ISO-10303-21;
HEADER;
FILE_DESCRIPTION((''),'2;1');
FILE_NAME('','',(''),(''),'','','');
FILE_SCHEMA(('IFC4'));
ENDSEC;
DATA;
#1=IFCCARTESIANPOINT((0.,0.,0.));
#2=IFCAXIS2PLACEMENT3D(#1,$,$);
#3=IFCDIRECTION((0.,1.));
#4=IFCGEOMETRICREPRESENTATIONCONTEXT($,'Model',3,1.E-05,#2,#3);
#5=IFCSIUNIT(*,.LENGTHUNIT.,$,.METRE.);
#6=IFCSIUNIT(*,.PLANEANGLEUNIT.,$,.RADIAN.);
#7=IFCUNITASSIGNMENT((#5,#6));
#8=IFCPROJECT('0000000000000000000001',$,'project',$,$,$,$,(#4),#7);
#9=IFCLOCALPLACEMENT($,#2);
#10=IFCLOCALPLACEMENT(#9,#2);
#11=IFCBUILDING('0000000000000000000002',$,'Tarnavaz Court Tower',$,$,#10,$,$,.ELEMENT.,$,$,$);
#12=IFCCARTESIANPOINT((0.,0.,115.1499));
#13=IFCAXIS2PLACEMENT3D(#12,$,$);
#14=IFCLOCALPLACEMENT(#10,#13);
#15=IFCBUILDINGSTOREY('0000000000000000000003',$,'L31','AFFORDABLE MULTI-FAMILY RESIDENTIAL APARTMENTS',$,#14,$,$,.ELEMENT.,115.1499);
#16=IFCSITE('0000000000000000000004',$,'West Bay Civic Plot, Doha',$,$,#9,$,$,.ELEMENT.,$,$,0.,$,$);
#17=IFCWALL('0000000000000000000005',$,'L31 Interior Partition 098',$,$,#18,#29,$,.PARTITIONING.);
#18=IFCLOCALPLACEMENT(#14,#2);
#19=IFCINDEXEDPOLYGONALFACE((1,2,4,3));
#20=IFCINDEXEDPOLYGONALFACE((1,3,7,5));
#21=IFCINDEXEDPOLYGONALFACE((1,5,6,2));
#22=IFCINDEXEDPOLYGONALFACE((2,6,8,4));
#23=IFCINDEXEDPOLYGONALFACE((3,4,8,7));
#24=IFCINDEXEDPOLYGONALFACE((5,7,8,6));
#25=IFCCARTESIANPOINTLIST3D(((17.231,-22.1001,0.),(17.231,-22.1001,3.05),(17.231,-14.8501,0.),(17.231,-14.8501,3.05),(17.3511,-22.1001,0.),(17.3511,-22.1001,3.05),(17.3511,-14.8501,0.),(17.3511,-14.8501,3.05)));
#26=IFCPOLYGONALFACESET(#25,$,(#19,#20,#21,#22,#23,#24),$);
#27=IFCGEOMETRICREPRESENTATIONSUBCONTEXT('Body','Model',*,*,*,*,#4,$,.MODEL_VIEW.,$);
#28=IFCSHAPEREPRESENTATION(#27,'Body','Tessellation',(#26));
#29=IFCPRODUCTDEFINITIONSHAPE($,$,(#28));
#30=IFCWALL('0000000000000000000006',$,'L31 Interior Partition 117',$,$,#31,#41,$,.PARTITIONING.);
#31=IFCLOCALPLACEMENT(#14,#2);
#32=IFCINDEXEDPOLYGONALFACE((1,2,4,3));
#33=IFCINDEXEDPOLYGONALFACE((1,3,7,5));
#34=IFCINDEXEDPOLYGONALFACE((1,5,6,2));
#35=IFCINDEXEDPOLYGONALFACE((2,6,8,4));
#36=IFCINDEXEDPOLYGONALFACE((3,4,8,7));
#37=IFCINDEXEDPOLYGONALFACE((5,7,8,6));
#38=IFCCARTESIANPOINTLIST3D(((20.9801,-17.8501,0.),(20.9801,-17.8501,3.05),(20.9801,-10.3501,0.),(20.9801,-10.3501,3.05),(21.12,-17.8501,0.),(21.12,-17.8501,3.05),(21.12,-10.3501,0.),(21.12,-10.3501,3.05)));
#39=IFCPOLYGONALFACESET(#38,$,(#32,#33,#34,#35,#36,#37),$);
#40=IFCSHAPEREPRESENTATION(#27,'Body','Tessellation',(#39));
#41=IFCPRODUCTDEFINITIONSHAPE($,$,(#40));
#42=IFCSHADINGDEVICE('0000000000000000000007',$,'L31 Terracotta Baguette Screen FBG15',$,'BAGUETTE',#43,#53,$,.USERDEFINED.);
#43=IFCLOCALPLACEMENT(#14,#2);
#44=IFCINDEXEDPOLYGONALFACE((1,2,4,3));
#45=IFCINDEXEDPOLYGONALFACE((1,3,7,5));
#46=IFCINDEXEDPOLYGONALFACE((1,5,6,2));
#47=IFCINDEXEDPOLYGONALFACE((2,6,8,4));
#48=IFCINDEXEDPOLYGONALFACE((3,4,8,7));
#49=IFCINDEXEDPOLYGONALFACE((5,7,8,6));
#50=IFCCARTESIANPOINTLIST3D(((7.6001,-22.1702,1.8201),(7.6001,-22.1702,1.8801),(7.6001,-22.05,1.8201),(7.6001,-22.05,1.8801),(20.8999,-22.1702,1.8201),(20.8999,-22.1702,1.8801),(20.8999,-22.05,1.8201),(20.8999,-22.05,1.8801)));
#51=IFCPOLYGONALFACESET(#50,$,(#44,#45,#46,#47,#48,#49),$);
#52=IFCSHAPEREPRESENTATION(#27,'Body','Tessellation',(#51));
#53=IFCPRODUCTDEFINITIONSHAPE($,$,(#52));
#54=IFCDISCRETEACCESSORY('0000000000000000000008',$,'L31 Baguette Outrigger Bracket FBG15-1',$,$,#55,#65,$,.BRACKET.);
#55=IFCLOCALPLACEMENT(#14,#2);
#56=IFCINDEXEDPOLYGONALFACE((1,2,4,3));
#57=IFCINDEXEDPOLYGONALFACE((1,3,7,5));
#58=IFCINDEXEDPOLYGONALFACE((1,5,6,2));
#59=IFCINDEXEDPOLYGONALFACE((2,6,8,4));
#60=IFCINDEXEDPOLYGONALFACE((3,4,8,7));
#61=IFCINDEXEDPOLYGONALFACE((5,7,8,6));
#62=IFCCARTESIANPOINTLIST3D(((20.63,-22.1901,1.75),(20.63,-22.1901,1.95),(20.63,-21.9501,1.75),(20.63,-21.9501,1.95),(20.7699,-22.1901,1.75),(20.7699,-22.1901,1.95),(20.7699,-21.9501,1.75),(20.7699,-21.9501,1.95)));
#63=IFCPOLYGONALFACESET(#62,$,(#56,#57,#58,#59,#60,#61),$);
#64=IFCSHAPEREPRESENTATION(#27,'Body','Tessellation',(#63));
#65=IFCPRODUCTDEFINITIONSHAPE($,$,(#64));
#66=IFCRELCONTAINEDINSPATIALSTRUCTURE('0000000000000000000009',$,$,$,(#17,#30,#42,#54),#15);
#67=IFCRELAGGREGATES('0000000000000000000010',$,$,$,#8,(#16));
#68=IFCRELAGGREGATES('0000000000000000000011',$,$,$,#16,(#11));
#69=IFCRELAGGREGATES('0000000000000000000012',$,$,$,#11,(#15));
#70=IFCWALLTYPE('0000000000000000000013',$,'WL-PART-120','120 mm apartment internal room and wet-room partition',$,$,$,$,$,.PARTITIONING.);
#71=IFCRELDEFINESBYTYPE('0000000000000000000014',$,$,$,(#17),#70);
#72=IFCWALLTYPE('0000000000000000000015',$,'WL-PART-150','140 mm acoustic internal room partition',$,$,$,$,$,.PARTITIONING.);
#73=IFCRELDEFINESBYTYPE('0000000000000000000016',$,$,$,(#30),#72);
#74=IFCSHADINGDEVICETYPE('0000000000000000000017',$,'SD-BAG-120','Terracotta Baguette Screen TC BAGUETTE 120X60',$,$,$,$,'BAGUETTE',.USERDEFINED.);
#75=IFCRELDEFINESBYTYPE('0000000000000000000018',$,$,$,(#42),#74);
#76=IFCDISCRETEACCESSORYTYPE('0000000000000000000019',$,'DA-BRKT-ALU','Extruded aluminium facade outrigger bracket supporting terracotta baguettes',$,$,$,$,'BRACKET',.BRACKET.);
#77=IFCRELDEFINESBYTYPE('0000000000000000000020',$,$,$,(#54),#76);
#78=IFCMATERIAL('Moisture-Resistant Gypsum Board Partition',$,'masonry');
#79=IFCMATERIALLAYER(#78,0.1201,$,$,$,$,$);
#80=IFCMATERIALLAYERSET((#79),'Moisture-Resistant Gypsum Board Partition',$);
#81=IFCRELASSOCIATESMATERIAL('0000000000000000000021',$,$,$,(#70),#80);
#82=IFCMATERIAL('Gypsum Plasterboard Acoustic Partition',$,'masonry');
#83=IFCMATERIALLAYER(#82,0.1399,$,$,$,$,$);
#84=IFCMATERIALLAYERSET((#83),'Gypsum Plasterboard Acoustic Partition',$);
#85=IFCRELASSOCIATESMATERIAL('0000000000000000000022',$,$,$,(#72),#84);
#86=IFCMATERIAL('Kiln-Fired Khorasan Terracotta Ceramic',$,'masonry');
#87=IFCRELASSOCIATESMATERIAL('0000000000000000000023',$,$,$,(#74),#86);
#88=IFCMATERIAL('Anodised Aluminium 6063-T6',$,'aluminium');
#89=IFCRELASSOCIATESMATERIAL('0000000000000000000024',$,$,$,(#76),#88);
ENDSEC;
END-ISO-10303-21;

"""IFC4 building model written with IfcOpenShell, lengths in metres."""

from ifc_helpers import new_model, si_unit, direction, frame, frame_2d, origin, origin_2d, place, context, subcontext, project, spatial, rectangle, extrude, material, layer, layer_set, material_profile, profile_set, type_object, element, save


model = new_model("IFC4")

# Units and contexts
model_context = context("Model", 3, precision=1e-05, world=origin(), true_north=direction((0.0, 1.0)))
body_context = subcontext(model_context, "Body", "Model", "MODEL_VIEW")
ifc_project = project(units=[si_unit("LENGTHUNIT", "METRE"), si_unit("PLANEANGLEUNIT", "RADIAN")], contexts=[model_context])

# Site, building, storey
site_placement = place(None, origin())
site = spatial("IfcSite", under=ifc_project, at=site_placement, Name="West Bay Civic Plot, Doha", CompositionType="ELEMENT", RefElevation=0.0)
building_placement = place(site_placement, origin())
building = spatial("IfcBuilding", under=site, at=building_placement, Name="Tarnavaz Court Tower", CompositionType="ELEMENT")
storey_placement = place(building_placement, frame((0.0, 0.0, 115.1499)))
storey = spatial("IfcBuildingStorey", under=building, at=storey_placement, Name="L31", Description="AFFORDABLE MULTI-FAMILY RESIDENTIAL APARTMENTS", CompositionType="ELEMENT", Elevation=115.1499)

# Shared definitions
ifc_material_1 = material(Name="Moisture-Resistant Gypsum Board Partition", Category="masonry")
ifc_layer_1 = layer(ifc_material_1, 0.1201)
ifc_layer_set_1 = layer_set([ifc_layer_1], Name="Moisture-Resistant Gypsum Board Partition")
wall_type_1 = type_object("IfcWallType", Name="WL-PART-120", Description="120 mm apartment internal room and wet-room partition", PredefinedType="PARTITIONING", material=ifc_layer_set_1)

# Walls
wall_1_placement = place(storey_placement, frame((17.291, -22.1001, 0.0), z_axis=(0.0, 0.0, 1.0), x_axis=(0.0, 1.0, 0.0)))
element("IfcWall", 1, at=wall_1_placement, inside=storey, type_object=wall_type_1, Name="L31 Interior Partition 098", PredefinedType="PARTITIONING", context=body_context, shape_type="SweptSolid", body=[
    extrude(rectangle(XDim=7.25, YDim=0.1201, at=frame_2d((3.625, 0.0))), origin(), (0.0, 0.0, 1.0), 3.05),
])
ifc_material_2 = material(Name="Gypsum Plasterboard Acoustic Partition", Category="masonry")
ifc_layer_2 = layer(ifc_material_2, 0.1399)
ifc_layer_set_2 = layer_set([ifc_layer_2], Name="Gypsum Plasterboard Acoustic Partition")
wall_type_2 = type_object("IfcWallType", Name="WL-PART-150", Description="140 mm acoustic internal room partition", PredefinedType="PARTITIONING", material=ifc_layer_set_2)
wall_2_placement = place(storey_placement, frame((21.05, -17.8501, 0.0), z_axis=(0.0, 0.0, 1.0), x_axis=(0.0, 1.0, 0.0)))
element("IfcWall", 2, at=wall_2_placement, inside=storey, type_object=wall_type_2, Name="L31 Interior Partition 117", PredefinedType="PARTITIONING", context=body_context, shape_type="SweptSolid", body=[
    extrude(rectangle(XDim=7.5, YDim=0.1399, at=frame_2d((3.75, 0.0))), origin(), (0.0, 0.0, 1.0), 3.05),
])

# Shading device
ifc_material_3 = material(Name="Kiln-Fired Khorasan Terracotta Ceramic", Category="masonry")
ifc_material_profile_1 = material_profile(ifc_material_3, rectangle(XDim=0.1201, YDim=0.0601, at=origin_2d()), Name="TC BAGUETTE 120X60")
ifc_profile_set_1 = profile_set([ifc_material_profile_1], Name="Kiln-Fired Khorasan Terracotta Ceramic")
shading_device_type = type_object("IfcShadingDeviceType", Name="SD-BAG-120", Description="Terracotta Baguette Screen TC BAGUETTE 120X60", ElementType="BAGUETTE", PredefinedType="USERDEFINED", material=ifc_profile_set_1)
shading_device_placement = place(storey_placement, frame((20.8999, -22.1101, 1.8501), z_axis=(-1.0, 0.0, 0.0), x_axis=(0.0, -1.0, 0.0)))
element("IfcShadingDevice", 3, at=shading_device_placement, inside=storey, type_object=shading_device_type, Name="L31 Terracotta Baguette Screen FBG15", ObjectType="BAGUETTE", PredefinedType="USERDEFINED", context=body_context, shape_type="SweptSolid", body=[
    extrude(rectangle(XDim=0.1201, YDim=0.0601, at=origin_2d()), origin(), (0.0, 0.0, 1.0), 13.2998),
])

# Discrete accessory
ifc_material_4 = material(Name="Anodised Aluminium 6063-T6", Category="aluminium")
discrete_accessory_type = type_object("IfcDiscreteAccessoryType", Name="DA-BRKT-ALU", Description="Extruded aluminium facade outrigger bracket supporting terracotta baguettes", ElementType="BRACKET", PredefinedType="BRACKET", material=ifc_material_4)
discrete_accessory_placement = place(storey_placement, frame((20.7, -22.0701, 1.75), z_axis=(0.0, 0.0, 1.0), x_axis=(-1.0, 0.0, 0.0)))
element("IfcDiscreteAccessory", 4, at=discrete_accessory_placement, inside=storey, type_object=discrete_accessory_type, Name="L31 Baguette Outrigger Bracket FBG15-1", PredefinedType="BRACKET", context=body_context, shape_type="SweptSolid", body=[
    extrude(rectangle(XDim=0.1399, YDim=0.24, at=origin_2d()), origin(), (0.0, 0.0, 1.0), 0.2),
])

save(model, "model.ifc")
